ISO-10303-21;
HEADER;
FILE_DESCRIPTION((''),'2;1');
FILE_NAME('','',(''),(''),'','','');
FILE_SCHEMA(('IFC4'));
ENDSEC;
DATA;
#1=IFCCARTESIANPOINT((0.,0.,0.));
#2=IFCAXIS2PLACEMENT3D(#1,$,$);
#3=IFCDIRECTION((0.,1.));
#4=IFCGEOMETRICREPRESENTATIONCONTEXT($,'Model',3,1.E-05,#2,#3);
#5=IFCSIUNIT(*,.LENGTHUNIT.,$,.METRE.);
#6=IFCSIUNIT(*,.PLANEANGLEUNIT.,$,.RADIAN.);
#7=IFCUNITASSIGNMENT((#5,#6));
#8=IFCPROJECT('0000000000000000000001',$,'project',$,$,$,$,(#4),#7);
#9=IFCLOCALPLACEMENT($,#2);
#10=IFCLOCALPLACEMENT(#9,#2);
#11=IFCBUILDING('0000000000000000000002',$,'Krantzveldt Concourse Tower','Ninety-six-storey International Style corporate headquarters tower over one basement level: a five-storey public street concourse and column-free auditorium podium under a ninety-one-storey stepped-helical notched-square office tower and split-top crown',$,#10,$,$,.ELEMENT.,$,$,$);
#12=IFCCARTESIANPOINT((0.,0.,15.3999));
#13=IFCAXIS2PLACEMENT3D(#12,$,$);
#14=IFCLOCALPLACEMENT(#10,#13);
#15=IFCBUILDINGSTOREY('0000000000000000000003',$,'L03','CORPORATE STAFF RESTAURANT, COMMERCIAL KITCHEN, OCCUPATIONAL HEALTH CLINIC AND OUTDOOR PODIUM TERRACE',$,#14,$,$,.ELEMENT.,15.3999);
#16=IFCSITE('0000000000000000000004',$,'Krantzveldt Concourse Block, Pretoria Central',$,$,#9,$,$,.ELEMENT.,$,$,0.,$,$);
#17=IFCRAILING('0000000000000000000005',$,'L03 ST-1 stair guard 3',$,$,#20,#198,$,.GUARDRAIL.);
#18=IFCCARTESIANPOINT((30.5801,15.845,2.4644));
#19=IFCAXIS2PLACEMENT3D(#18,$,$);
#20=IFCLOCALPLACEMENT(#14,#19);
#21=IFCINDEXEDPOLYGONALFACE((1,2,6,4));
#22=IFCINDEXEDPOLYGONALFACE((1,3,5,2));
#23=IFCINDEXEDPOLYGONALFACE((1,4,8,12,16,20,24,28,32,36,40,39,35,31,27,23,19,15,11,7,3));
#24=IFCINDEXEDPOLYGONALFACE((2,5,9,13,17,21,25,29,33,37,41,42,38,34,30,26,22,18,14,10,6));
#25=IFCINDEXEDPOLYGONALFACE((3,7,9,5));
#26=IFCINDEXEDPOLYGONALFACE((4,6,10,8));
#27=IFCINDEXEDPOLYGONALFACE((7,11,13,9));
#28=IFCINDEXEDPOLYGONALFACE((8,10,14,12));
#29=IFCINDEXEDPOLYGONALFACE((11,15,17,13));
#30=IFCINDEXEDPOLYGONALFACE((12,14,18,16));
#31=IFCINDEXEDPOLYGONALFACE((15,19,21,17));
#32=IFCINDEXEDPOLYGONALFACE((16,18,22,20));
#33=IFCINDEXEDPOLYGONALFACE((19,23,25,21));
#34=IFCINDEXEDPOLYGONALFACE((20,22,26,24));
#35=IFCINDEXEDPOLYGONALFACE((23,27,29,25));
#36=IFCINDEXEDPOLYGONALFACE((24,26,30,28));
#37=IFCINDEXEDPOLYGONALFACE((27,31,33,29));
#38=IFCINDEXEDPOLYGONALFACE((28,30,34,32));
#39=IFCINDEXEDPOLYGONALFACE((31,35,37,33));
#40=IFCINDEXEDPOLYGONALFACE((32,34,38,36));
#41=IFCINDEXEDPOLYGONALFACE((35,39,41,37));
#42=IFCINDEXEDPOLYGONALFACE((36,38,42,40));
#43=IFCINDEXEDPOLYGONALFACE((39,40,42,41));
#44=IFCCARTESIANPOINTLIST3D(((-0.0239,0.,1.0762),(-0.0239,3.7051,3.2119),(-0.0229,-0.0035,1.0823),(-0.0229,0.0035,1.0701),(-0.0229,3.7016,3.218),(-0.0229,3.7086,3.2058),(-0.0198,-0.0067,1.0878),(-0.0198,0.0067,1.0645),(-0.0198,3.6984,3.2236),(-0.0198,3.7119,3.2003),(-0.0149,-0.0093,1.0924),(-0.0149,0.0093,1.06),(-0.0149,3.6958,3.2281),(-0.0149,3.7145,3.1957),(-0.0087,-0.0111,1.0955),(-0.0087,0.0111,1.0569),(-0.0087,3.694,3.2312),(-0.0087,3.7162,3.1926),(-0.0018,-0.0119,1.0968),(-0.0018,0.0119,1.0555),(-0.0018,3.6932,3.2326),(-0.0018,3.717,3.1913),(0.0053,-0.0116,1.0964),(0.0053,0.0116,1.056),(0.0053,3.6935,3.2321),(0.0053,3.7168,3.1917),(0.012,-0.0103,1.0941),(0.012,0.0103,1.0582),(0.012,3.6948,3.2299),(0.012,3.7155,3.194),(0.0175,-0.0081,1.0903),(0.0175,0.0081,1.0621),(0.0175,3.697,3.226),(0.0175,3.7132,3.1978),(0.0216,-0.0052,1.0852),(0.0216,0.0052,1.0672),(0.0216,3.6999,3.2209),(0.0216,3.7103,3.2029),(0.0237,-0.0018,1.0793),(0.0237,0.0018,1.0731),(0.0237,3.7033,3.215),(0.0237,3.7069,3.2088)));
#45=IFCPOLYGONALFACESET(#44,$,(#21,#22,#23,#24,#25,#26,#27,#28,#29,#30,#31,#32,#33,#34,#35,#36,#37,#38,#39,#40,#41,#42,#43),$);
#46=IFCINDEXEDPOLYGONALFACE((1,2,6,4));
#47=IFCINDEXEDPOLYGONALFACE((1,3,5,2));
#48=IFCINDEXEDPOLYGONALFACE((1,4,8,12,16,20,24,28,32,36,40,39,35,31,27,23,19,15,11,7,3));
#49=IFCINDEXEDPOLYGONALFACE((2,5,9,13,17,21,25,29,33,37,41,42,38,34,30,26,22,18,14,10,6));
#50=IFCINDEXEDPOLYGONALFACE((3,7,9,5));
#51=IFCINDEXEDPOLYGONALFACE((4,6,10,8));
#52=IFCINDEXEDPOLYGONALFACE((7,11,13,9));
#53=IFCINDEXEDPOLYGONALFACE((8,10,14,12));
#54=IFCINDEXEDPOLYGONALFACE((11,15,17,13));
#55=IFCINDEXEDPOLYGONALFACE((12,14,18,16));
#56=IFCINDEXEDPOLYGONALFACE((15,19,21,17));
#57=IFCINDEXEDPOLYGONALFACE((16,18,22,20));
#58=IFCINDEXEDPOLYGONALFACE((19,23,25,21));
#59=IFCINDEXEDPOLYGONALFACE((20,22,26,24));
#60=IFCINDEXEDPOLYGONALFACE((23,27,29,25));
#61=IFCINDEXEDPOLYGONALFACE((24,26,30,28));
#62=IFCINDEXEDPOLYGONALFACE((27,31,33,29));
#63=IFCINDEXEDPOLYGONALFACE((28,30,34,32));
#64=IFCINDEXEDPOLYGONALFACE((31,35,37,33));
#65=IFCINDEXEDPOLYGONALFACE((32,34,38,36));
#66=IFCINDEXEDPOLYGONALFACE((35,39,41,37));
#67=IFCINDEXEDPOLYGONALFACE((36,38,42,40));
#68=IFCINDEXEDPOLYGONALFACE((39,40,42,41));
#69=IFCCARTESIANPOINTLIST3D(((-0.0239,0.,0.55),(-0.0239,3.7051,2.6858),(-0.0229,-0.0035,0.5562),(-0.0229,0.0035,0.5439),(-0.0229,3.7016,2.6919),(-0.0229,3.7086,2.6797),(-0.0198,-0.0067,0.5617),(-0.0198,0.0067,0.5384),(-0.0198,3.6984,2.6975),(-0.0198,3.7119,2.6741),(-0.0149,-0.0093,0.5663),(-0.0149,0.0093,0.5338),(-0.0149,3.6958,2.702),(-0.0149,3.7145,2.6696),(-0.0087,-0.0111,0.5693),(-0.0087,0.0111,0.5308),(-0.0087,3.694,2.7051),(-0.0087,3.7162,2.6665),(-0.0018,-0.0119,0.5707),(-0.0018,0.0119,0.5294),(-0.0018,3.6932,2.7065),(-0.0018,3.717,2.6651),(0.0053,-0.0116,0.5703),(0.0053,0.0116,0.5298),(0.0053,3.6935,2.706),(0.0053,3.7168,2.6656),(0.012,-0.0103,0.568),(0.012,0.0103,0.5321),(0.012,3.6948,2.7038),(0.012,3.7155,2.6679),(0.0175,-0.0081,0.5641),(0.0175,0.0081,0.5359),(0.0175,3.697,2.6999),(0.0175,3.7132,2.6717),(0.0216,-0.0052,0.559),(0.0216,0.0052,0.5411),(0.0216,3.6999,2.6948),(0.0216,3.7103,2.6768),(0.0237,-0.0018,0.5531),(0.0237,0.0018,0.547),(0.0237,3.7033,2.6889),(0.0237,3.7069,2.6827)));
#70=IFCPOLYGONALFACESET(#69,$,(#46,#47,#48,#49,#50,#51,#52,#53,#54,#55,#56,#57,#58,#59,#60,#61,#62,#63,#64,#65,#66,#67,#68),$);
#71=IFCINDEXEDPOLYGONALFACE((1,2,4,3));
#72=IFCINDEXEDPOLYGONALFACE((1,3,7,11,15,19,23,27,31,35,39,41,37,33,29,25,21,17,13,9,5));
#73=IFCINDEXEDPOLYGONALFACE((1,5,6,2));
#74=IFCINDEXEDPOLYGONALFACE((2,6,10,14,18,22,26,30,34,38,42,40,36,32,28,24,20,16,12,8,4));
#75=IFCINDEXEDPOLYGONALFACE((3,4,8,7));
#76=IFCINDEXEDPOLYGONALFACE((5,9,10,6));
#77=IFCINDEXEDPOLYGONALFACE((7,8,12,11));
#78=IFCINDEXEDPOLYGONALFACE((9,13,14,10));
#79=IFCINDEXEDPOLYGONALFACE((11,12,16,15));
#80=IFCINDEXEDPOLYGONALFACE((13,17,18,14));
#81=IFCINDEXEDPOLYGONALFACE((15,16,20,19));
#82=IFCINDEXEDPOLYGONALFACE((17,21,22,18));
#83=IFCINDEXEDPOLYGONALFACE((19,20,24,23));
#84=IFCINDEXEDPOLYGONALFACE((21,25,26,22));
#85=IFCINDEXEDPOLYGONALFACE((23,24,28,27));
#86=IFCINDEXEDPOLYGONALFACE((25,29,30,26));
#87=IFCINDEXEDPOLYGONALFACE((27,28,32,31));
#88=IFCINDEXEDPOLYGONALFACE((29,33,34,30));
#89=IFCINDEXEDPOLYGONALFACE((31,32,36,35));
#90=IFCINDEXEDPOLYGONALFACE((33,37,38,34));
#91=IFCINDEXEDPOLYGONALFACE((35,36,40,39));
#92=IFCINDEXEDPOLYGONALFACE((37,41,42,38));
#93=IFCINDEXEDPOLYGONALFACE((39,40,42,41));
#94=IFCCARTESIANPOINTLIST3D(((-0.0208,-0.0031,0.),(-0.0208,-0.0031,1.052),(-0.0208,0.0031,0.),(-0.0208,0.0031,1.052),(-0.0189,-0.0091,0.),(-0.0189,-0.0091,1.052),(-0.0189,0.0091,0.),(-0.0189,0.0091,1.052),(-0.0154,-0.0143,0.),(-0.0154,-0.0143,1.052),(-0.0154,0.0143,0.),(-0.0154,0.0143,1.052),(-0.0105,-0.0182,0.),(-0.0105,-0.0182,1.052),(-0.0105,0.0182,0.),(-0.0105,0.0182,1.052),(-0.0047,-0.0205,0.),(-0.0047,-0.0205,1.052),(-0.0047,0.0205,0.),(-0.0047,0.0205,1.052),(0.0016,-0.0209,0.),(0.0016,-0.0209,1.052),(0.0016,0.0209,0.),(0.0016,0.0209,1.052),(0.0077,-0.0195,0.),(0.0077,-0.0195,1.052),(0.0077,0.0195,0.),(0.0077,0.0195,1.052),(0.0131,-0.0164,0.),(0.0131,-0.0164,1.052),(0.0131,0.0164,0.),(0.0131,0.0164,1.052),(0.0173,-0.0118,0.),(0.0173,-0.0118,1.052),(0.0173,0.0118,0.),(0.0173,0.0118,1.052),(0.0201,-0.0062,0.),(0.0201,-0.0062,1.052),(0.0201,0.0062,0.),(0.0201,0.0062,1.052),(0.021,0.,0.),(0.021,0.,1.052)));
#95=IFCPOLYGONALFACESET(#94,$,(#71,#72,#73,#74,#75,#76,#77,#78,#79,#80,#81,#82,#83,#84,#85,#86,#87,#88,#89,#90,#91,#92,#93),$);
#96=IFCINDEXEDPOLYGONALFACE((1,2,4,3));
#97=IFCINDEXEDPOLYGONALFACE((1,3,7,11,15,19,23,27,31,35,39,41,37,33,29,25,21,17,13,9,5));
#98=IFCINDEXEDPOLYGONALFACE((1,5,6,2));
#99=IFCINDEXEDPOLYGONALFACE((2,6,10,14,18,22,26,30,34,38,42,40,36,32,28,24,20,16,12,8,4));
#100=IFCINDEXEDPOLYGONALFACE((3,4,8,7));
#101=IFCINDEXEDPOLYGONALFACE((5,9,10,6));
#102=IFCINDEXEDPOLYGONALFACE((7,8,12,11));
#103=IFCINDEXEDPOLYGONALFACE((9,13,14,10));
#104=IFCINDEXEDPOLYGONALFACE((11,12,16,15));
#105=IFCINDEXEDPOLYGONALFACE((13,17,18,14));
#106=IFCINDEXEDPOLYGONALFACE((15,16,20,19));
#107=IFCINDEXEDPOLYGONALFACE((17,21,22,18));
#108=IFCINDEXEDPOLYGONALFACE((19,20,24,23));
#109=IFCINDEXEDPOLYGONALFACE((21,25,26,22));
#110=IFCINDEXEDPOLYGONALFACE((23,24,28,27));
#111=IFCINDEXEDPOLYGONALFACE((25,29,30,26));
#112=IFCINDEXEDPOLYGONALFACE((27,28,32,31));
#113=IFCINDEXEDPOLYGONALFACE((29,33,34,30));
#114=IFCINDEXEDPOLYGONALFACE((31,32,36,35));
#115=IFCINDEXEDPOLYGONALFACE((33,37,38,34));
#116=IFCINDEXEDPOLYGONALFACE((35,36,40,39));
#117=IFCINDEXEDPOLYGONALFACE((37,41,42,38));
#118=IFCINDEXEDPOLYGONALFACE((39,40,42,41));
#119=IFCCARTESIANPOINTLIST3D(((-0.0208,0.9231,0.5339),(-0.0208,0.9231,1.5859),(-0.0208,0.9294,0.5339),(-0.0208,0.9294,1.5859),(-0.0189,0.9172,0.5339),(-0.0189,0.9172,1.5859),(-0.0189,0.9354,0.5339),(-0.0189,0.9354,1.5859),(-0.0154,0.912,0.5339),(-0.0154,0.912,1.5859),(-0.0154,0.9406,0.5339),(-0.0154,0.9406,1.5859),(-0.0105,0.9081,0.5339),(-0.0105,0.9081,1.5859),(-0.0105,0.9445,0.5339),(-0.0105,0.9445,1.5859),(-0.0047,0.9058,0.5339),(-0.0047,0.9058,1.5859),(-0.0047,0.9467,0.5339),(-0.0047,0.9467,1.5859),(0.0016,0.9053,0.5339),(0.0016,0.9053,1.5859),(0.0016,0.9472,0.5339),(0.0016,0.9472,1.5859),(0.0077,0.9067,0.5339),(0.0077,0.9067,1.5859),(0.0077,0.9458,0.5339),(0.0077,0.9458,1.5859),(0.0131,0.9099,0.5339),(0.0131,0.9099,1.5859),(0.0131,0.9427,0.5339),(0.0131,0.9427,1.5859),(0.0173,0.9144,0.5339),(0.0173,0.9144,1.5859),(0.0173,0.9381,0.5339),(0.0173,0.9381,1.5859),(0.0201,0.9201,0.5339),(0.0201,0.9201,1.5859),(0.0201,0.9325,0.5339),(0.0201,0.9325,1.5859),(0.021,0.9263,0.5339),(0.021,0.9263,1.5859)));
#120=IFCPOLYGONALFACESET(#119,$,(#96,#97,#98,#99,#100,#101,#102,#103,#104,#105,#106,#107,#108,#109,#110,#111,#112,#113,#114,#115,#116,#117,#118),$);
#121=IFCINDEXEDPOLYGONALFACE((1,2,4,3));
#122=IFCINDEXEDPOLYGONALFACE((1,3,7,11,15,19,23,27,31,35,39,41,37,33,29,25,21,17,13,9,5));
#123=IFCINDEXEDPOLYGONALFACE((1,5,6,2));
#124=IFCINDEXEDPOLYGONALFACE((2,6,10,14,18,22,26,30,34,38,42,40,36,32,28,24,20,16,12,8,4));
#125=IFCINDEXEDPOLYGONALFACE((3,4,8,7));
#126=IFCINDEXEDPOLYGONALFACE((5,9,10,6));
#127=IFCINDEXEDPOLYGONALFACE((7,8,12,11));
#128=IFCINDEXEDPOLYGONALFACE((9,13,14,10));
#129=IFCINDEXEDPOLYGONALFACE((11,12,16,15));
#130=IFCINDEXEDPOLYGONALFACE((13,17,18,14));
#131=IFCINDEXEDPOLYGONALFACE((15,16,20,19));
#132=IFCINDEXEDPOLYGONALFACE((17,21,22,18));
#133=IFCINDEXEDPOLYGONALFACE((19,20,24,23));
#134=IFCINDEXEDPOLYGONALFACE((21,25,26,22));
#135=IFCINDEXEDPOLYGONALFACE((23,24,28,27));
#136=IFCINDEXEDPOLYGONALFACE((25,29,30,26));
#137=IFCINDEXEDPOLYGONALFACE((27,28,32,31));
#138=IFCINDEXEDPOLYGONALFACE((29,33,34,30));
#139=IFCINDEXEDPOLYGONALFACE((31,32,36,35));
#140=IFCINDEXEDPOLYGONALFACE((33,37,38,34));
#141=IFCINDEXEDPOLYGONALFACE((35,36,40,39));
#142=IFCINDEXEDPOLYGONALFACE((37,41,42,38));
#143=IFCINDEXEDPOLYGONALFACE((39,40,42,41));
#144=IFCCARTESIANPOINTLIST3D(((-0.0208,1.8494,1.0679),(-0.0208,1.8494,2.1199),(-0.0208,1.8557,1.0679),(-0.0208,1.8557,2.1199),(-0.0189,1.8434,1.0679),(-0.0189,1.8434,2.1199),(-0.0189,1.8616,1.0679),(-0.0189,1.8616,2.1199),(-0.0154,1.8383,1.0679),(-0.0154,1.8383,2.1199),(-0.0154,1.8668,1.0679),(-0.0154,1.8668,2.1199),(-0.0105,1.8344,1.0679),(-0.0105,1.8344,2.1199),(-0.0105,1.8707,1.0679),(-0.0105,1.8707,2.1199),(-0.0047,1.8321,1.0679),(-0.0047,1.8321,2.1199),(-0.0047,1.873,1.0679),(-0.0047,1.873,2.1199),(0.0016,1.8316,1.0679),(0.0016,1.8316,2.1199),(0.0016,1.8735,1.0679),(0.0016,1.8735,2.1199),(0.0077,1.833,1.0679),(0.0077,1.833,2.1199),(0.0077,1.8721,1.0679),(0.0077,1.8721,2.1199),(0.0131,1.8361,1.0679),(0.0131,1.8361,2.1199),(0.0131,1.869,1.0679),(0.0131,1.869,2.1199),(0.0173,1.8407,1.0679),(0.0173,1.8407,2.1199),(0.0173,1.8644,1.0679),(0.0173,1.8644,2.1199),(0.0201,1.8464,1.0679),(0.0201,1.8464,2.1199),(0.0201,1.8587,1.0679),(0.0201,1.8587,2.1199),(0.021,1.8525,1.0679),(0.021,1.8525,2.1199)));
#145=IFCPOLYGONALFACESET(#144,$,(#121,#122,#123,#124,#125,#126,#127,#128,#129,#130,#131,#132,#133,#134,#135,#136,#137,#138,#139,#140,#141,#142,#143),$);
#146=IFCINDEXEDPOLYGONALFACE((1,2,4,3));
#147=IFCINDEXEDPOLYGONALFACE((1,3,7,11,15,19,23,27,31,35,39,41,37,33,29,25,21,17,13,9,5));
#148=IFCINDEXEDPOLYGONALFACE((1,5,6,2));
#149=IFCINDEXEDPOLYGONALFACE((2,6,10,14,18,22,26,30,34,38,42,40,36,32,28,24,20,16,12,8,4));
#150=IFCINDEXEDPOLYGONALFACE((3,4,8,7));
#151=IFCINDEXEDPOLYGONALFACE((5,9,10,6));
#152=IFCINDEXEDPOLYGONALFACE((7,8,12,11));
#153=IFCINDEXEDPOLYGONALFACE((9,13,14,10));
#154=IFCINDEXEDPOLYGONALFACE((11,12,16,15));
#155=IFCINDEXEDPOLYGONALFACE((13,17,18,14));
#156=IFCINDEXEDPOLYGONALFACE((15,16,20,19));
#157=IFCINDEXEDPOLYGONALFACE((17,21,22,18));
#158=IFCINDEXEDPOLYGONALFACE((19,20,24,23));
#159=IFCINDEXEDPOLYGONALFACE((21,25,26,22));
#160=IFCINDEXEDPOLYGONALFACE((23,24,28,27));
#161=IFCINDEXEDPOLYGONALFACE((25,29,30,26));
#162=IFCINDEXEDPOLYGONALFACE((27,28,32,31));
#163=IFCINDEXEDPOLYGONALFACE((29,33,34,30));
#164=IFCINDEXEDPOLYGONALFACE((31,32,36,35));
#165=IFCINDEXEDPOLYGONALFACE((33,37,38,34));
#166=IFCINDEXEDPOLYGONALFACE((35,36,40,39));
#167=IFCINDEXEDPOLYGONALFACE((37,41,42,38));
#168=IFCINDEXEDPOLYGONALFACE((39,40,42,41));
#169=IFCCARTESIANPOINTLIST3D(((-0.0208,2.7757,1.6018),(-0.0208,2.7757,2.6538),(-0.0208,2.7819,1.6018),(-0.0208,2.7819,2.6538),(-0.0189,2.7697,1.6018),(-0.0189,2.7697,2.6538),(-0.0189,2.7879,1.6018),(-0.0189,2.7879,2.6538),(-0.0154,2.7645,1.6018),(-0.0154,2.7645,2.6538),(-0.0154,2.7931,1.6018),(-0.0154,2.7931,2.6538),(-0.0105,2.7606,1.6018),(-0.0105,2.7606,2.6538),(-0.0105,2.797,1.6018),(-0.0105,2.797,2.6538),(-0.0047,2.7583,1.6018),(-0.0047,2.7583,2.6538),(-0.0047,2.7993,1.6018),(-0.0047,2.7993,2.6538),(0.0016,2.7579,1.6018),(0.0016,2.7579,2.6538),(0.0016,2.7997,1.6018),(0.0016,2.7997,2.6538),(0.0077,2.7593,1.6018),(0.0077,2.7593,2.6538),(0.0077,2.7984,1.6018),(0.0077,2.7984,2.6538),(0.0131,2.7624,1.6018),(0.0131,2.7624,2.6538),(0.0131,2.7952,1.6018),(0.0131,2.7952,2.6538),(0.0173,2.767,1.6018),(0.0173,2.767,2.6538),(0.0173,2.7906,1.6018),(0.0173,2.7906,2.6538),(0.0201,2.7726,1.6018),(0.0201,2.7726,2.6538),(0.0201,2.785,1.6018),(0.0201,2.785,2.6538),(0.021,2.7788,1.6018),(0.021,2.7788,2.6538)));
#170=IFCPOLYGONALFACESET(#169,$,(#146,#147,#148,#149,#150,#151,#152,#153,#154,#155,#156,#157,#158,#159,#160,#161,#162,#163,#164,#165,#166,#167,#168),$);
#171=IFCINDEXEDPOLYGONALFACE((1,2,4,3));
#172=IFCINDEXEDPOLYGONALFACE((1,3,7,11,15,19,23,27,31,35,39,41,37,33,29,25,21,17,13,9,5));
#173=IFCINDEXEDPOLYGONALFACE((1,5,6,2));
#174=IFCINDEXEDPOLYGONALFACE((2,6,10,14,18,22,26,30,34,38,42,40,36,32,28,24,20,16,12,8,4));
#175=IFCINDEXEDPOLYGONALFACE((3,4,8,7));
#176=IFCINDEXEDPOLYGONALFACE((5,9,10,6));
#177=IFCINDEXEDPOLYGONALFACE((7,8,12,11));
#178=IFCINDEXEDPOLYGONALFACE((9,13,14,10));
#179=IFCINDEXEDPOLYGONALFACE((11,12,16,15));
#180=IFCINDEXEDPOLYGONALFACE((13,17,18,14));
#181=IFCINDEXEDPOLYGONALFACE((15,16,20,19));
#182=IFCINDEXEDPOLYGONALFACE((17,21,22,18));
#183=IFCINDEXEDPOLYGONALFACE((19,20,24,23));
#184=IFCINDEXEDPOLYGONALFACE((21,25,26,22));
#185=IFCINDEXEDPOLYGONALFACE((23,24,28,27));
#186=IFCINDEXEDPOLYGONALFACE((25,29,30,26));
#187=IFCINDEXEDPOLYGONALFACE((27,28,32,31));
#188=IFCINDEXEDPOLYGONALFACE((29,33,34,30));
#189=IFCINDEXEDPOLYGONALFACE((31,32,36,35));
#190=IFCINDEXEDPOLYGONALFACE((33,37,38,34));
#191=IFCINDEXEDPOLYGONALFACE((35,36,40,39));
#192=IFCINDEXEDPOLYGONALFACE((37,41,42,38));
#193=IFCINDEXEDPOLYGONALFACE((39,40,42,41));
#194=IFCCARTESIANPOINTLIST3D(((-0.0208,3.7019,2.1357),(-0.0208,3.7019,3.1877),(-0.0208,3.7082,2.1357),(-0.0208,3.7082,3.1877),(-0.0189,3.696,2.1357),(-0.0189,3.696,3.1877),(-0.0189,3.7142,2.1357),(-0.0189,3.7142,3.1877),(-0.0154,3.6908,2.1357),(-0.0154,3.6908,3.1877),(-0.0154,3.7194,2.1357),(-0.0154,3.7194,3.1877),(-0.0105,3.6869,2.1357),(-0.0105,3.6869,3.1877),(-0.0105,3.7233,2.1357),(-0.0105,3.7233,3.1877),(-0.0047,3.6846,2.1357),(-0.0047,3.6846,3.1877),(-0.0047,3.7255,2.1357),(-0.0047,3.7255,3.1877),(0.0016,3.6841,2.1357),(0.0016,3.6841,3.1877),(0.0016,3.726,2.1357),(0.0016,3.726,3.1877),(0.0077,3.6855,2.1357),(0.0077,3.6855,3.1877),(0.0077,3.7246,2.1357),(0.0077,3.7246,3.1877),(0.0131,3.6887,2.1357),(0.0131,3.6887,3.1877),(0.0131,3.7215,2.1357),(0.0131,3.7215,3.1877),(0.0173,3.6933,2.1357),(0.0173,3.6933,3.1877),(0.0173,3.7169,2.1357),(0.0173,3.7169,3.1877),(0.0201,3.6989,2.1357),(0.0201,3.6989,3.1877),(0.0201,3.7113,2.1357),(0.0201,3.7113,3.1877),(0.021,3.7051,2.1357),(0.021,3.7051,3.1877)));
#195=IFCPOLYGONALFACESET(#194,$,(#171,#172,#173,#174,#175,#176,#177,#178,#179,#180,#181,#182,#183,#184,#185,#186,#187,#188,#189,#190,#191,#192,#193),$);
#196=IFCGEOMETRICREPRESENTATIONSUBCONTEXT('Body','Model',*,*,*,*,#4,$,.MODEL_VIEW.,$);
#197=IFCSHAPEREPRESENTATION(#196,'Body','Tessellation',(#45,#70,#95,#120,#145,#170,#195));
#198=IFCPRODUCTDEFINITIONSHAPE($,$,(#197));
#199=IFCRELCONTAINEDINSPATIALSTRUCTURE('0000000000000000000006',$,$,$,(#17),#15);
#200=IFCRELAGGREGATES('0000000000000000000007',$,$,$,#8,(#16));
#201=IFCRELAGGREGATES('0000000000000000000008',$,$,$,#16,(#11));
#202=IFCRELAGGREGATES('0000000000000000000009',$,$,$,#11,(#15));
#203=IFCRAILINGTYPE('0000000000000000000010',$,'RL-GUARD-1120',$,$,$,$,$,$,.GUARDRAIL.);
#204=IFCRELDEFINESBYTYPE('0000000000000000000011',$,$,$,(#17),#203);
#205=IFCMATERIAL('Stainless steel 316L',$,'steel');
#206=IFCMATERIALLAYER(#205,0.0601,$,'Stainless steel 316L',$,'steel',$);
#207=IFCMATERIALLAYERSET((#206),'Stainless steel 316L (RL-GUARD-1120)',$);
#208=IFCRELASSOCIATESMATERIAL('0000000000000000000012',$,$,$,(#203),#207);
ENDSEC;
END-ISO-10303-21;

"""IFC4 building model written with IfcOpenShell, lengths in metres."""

from ifc_helpers import new_model, si_unit, direction, frame, origin, origin_2d, place, context, subcontext, project, spatial, circle, extrude, material, layer, layer_set, type_object, element, save


model = new_model("IFC4")

# Units and contexts
model_context = context("Model", 3, precision=1e-05, world=origin(), true_north=direction((0.0, 1.0)))
body_context = subcontext(model_context, "Body", "Model", "MODEL_VIEW")
ifc_project = project(units=[si_unit("LENGTHUNIT", "METRE"), si_unit("PLANEANGLEUNIT", "RADIAN")], contexts=[model_context])

# Site, building, storey
site_placement = place(None, origin())
site = spatial("IfcSite", under=ifc_project, at=site_placement, Name="Krantzveldt Concourse Block, Pretoria Central", CompositionType="ELEMENT", RefElevation=0.0)
building_placement = place(site_placement, origin())
building = spatial("IfcBuilding", under=site, at=building_placement, Name="Krantzveldt Concourse Tower", Description="Ninety-six-storey International Style corporate headquarters tower over one basement level: a five-storey public street concourse and column-free auditorium podium under a ninety-one-storey stepped-helical notched-square office tower and split-top crown", CompositionType="ELEMENT")
storey_placement = place(building_placement, frame((0.0, 0.0, 15.3999)))
storey = spatial("IfcBuildingStorey", under=building, at=storey_placement, Name="L03", Description="CORPORATE STAFF RESTAURANT, COMMERCIAL KITCHEN, OCCUPATIONAL HEALTH CLINIC AND OUTDOOR PODIUM TERRACE", CompositionType="ELEMENT", Elevation=15.3999)

# Shared definitions
ifc_material_1 = material(Name="Stainless steel 316L", Category="steel")

# Railing
ifc_layer_1 = layer(ifc_material_1, 0.0601, Name="Stainless steel 316L", Category="steel")
ifc_layer_set_1 = layer_set([ifc_layer_1], Name="Stainless steel 316L (RL-GUARD-1120)")
railing_type_1 = type_object("IfcRailingType", Name="RL-GUARD-1120", PredefinedType="GUARDRAIL", material=ifc_layer_set_1)
railing_1_placement = place(storey_placement, frame((30.5801, 15.845, 2.4644)))
element("IfcRailing", 1, at=railing_1_placement, inside=storey, type_object=railing_type_1, Name="L03 ST-1 stair guard 3", PredefinedType="GUARDRAIL", context=body_context, shape_type="SweptSolid", body=[
    extrude(circle(Radius=0.0239, at=origin_2d()), frame((0.0, 0.0, 1.0762), z_axis=(0.0, 0.866368, 0.499406), x_axis=(-1.0, 0.0, 0.0)), (0.0, 0.0, 1.0), 4.2766),
    extrude(circle(Radius=0.0239, at=origin_2d()), frame((0.0, 0.0, 0.55), z_axis=(0.0, 0.866368, 0.499406), x_axis=(-1.0, 0.0, 0.0)), (0.0, 0.0, 1.0), 4.2766),
    extrude(circle(Radius=0.021, at=origin_2d()), origin(), (0.0, 0.0, 1.0), 1.052),
    extrude(circle(Radius=0.021, at=origin_2d()), frame((0.0, 0.9263, 0.5339)), (0.0, 0.0, 1.0), 1.052),
    extrude(circle(Radius=0.021, at=origin_2d()), frame((0.0, 1.8525, 1.0679)), (0.0, 0.0, 1.0), 1.052),
    extrude(circle(Radius=0.021, at=origin_2d()), frame((0.0, 2.7788, 1.6018)), (0.0, 0.0, 1.0), 1.052),
    extrude(circle(Radius=0.021, at=origin_2d()), frame((0.0, 3.7051, 2.1357)), (0.0, 0.0, 1.0), 1.052),
])

save(model, "model.ifc")
